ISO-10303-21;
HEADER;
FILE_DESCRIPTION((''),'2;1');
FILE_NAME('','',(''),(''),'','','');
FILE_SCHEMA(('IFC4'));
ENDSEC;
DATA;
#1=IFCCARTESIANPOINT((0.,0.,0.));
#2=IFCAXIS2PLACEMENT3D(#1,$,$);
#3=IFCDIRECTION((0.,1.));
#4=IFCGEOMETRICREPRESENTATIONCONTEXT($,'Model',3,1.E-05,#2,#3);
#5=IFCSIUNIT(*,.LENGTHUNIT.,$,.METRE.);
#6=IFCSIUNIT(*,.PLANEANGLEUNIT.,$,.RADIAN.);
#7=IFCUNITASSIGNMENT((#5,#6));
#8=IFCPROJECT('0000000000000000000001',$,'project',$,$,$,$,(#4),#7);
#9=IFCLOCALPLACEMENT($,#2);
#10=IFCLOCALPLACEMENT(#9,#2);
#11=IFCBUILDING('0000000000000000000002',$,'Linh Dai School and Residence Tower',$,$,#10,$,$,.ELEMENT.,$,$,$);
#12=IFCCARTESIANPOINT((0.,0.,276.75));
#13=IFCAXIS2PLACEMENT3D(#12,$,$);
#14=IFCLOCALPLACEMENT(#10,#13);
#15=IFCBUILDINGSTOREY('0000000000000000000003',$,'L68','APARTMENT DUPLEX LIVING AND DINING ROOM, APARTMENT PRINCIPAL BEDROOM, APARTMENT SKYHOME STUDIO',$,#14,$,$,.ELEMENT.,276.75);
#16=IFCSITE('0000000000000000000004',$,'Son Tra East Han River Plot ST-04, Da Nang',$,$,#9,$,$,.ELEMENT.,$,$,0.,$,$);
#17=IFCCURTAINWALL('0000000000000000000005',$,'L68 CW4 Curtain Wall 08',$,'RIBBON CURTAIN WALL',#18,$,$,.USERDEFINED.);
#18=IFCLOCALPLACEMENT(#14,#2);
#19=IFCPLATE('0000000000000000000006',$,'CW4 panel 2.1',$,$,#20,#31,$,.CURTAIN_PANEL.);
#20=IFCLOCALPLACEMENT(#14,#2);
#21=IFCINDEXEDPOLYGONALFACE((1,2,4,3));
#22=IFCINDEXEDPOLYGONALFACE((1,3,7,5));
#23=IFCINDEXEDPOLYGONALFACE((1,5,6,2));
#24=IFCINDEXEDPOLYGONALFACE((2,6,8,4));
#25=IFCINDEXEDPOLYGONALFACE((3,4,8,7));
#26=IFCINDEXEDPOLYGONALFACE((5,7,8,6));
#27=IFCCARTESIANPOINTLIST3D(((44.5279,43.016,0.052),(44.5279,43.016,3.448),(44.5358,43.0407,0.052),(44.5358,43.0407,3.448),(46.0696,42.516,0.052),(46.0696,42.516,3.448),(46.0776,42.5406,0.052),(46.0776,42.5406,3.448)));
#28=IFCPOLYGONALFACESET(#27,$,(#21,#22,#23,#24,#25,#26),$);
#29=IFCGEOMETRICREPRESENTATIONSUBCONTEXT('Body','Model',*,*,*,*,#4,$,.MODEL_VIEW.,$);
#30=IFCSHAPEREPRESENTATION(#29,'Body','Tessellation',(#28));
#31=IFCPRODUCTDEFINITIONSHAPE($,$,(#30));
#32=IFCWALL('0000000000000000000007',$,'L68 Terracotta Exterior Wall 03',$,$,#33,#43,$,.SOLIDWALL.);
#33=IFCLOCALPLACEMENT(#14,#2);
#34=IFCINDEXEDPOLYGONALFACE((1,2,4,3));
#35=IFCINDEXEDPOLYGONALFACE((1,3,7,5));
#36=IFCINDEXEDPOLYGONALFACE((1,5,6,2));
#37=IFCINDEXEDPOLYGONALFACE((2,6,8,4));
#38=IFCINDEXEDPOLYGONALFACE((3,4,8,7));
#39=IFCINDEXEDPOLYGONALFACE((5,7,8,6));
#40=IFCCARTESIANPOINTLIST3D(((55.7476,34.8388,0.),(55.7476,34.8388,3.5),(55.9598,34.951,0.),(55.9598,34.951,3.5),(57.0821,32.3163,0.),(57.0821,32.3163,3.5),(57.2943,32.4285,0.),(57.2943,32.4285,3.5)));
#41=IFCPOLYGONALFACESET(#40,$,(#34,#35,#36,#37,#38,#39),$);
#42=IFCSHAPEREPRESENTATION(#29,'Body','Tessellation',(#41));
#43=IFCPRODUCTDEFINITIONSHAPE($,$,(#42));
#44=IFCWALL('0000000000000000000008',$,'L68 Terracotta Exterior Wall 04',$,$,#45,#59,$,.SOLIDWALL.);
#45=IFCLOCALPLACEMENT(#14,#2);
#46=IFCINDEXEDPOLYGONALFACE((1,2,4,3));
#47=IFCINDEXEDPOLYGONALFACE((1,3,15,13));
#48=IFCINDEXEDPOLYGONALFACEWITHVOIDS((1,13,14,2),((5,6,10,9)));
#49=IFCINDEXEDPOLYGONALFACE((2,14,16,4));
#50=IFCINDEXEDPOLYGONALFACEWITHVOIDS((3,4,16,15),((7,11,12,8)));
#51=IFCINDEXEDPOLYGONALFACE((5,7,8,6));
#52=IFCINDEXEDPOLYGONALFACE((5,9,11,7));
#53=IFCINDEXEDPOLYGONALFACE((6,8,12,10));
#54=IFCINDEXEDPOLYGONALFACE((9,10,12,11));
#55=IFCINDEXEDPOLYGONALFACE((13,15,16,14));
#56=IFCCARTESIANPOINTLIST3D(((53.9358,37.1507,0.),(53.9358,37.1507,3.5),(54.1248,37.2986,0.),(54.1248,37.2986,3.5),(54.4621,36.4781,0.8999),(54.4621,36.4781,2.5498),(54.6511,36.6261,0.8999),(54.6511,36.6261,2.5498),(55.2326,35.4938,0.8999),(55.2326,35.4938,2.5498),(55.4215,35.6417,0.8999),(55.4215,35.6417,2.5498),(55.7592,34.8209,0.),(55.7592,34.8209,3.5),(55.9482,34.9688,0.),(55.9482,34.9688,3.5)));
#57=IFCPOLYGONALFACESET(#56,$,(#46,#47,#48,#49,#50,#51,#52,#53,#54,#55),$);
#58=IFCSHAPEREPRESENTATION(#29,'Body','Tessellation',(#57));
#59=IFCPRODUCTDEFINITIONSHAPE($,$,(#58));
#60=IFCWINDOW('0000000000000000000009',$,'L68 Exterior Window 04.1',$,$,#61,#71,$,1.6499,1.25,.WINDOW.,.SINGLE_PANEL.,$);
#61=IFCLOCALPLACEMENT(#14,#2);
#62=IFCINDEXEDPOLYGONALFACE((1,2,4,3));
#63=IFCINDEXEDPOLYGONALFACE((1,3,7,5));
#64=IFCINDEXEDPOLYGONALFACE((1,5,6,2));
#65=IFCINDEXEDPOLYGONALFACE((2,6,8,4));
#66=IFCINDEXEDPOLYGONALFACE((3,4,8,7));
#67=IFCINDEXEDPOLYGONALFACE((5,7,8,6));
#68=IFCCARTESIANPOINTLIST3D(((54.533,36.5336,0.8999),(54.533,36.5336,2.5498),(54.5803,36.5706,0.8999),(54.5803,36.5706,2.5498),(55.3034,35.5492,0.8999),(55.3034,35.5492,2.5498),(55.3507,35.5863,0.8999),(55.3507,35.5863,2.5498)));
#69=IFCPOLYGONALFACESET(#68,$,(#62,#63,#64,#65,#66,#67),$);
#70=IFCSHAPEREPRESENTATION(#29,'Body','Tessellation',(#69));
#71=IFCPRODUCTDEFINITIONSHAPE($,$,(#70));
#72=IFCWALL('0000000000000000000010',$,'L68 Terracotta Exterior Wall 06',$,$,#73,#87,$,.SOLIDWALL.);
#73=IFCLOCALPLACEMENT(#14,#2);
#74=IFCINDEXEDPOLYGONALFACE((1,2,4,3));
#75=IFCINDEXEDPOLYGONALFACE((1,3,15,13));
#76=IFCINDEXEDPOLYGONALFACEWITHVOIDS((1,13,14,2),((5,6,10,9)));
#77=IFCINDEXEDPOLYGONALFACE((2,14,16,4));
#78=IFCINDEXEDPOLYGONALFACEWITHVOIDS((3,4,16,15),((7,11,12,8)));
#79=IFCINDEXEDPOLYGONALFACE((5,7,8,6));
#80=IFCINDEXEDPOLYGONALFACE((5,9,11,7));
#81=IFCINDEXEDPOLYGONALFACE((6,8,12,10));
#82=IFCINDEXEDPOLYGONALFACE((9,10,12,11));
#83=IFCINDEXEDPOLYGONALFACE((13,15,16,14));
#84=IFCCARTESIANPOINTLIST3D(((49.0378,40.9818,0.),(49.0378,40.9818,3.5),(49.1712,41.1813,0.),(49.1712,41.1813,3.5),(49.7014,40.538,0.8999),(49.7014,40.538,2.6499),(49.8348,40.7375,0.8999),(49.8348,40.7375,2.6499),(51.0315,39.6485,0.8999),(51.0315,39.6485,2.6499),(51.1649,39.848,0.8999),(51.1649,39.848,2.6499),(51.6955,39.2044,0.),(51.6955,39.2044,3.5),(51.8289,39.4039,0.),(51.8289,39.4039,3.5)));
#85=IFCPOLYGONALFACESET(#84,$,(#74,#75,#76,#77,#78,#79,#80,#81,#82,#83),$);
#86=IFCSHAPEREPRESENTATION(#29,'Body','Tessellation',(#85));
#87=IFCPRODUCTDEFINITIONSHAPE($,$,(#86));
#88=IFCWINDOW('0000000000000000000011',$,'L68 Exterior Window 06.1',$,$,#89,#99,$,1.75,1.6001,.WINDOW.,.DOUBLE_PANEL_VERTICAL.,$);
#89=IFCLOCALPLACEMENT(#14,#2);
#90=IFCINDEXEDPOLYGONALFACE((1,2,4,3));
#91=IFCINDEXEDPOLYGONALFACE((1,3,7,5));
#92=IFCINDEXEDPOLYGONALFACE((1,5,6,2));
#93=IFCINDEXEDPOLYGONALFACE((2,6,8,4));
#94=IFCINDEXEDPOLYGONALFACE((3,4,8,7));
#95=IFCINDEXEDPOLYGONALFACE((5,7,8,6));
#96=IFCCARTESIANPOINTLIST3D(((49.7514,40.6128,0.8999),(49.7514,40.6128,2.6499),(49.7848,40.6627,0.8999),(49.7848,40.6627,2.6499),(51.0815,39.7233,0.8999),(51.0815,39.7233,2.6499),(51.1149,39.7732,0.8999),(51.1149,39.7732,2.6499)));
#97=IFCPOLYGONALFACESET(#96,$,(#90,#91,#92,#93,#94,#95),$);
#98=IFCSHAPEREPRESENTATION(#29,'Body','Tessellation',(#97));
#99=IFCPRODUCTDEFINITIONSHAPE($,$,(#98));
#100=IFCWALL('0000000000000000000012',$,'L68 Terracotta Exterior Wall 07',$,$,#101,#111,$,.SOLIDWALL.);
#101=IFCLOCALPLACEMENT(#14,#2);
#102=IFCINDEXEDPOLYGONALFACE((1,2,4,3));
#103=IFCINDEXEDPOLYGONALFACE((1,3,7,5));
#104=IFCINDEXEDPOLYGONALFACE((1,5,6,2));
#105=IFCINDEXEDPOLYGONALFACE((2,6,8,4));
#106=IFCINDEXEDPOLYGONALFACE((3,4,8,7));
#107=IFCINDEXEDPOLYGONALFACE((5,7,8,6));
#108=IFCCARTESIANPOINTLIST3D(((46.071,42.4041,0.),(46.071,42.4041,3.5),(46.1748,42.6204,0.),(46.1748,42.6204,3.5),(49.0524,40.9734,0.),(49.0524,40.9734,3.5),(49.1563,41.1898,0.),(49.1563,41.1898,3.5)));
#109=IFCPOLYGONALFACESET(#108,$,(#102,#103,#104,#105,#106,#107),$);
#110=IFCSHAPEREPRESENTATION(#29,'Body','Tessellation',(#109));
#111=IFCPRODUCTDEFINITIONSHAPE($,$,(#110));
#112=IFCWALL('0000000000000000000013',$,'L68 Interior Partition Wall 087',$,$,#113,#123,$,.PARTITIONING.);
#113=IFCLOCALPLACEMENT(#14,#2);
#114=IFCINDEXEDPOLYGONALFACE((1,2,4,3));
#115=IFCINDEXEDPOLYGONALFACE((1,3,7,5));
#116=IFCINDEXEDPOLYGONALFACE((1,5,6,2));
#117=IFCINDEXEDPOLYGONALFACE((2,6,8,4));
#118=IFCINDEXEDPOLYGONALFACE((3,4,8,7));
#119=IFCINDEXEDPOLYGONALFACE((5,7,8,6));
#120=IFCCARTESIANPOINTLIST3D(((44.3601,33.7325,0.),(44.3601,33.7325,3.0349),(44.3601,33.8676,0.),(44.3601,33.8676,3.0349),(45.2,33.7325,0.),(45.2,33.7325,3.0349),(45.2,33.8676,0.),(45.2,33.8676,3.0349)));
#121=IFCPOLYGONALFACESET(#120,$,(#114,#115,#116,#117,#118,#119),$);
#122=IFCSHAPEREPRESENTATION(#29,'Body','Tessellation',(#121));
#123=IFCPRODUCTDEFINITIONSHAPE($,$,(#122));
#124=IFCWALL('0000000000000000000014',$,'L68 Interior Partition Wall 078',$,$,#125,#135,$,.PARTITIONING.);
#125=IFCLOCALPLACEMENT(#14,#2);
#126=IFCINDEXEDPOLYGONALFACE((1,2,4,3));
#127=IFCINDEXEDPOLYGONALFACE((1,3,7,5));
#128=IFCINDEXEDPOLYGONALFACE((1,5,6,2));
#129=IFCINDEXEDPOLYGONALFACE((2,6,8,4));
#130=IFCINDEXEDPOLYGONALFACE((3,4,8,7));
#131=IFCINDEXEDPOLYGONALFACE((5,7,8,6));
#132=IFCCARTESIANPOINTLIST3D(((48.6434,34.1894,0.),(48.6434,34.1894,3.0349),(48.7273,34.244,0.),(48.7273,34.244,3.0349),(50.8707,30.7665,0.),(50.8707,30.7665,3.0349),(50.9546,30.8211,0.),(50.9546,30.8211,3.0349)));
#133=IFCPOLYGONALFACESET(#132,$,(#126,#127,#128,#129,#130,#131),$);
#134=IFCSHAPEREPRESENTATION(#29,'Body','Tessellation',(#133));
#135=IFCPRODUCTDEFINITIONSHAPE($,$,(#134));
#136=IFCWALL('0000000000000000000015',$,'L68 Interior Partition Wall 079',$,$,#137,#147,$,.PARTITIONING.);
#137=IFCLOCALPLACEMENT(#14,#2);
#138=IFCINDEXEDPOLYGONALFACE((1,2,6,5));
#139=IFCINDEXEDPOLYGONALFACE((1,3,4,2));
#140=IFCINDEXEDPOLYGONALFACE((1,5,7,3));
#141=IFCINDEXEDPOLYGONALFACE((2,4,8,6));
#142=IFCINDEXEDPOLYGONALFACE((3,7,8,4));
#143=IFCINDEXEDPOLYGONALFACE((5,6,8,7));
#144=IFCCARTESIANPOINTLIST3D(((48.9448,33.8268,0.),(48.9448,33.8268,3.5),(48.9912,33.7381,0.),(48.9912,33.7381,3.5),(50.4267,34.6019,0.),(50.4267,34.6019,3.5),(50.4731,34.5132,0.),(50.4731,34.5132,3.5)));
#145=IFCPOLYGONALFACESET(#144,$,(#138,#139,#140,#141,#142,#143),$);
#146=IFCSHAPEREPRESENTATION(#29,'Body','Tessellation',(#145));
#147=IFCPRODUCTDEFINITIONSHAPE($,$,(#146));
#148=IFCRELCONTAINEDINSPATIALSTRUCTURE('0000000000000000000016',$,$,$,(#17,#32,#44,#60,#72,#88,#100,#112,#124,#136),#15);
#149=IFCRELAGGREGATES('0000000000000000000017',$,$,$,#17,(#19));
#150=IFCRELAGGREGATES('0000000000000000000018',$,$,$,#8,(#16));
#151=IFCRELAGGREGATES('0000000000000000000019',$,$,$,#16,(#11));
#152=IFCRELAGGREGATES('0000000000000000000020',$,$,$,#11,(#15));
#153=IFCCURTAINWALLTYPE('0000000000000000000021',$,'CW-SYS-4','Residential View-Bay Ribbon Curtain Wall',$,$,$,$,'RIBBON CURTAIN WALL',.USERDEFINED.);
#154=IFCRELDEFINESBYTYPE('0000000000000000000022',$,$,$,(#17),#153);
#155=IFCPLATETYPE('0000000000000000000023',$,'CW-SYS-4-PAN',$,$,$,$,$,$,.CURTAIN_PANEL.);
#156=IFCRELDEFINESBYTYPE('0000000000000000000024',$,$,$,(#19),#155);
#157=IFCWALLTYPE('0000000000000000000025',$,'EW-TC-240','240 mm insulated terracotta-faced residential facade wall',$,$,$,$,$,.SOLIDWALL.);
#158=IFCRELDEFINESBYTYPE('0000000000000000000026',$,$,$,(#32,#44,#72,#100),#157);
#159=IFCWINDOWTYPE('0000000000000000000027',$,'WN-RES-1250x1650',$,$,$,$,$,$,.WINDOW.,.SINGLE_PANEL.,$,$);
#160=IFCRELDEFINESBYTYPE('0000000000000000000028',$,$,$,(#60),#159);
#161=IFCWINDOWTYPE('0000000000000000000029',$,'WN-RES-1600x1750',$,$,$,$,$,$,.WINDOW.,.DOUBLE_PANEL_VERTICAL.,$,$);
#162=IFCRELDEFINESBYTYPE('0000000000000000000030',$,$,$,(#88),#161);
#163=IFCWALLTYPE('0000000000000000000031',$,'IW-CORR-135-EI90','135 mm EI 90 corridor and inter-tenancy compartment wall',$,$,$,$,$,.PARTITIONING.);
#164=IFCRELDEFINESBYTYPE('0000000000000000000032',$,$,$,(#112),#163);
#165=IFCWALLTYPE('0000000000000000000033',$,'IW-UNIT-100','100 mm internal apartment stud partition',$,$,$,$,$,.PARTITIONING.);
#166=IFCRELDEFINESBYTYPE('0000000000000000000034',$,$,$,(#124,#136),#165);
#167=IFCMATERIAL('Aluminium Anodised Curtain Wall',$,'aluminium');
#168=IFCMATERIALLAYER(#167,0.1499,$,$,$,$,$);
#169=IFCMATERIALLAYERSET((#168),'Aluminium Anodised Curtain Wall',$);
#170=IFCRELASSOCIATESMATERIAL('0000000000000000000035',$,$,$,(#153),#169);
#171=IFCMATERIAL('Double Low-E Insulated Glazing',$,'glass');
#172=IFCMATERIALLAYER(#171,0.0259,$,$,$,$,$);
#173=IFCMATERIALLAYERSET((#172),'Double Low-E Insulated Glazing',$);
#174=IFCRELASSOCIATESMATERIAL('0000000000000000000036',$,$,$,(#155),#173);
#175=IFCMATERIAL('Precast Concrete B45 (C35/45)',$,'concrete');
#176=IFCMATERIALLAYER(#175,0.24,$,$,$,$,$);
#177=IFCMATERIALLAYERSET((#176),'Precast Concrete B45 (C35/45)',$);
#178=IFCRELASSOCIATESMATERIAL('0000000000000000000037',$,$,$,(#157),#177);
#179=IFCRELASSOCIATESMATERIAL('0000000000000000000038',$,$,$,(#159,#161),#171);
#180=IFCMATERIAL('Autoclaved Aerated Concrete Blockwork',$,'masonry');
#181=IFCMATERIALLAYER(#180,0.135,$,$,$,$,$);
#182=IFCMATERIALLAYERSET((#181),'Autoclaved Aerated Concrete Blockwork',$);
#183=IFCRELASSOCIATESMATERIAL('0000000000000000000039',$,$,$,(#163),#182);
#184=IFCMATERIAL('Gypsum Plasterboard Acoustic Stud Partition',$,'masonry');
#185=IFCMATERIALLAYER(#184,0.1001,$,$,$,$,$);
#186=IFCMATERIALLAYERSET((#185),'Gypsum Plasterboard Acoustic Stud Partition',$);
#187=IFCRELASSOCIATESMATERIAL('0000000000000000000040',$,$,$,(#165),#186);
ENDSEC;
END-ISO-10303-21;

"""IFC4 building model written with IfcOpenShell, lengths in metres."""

from ifc_helpers import new_model, si_unit, direction, frame, frame_2d, origin, origin_2d, place, context, subcontext, project, spatial, rectangle, extrude, source, transform, mapped, material, layer, layer_set, type_object, element, fill, aggregate, save


model = new_model("IFC4")

# Units and contexts
model_context = context("Model", 3, precision=1e-05, world=origin(), true_north=direction((0.0, 1.0)))
body_context = subcontext(model_context, "Body", "Model", "MODEL_VIEW")
ifc_project = project(units=[si_unit("LENGTHUNIT", "METRE"), si_unit("PLANEANGLEUNIT", "RADIAN")], contexts=[model_context])

# Site, building, storey
site_placement = place(None, origin())
site = spatial("IfcSite", under=ifc_project, at=site_placement, Name="Son Tra East Han River Plot ST-04, Da Nang", CompositionType="ELEMENT", RefElevation=0.0)
building_placement = place(site_placement, origin())
building = spatial("IfcBuilding", under=site, at=building_placement, Name="Linh Dai School and Residence Tower", CompositionType="ELEMENT")
storey_placement = place(building_placement, frame((0.0, 0.0, 276.75)))
storey = spatial("IfcBuildingStorey", under=building, at=storey_placement, Name="L68", Description="APARTMENT DUPLEX LIVING AND DINING ROOM, APARTMENT PRINCIPAL BEDROOM, APARTMENT SKYHOME STUDIO", CompositionType="ELEMENT", Elevation=276.75)

# Curtain wall
ifc_material_1 = material(Name="Aluminium Anodised Curtain Wall", Category="aluminium")
ifc_layer_1 = layer(ifc_material_1, 0.1499)
ifc_layer_set_1 = layer_set([ifc_layer_1], Name="Aluminium Anodised Curtain Wall")
curtain_wall_type = type_object("IfcCurtainWallType", Name="CW-SYS-4", Description="Residential View-Bay Ribbon Curtain Wall", ElementType="RIBBON CURTAIN WALL", PredefinedType="USERDEFINED", material=ifc_layer_set_1)
curtain_wall_placement = place(storey_placement, origin())
curtain_wall = element("IfcCurtainWall", 1, at=curtain_wall_placement, inside=storey, type_object=curtain_wall_type, Name="L68 CW4 Curtain Wall 08", ObjectType="RIBBON CURTAIN WALL", PredefinedType="USERDEFINED")

# Plate
ifc_material_2 = material(Name="Precast Concrete B45 (C35/45)", Category="concrete")
ifc_material_3 = material(Name="Double Low-E Insulated Glazing", Category="glass")
ifc_layer_2 = layer(ifc_material_3, 0.0259)
ifc_layer_set_2 = layer_set([ifc_layer_2], Name="Double Low-E Insulated Glazing")
plate_type_1 = type_object("IfcPlateType", Name="CW-SYS-4-PAN", PredefinedType="CURTAIN_PANEL", material=ifc_layer_set_2)
shared_shape_1 = source(origin(), body_context, "Body", "SweptSolid", [
    extrude(rectangle(XDim=1.6208, YDim=0.0259, at=origin_2d()), origin(), (0.0, 0.0, 1.0), 3.396),
])
plate_1_placement = place(storey_placement, frame((45.3027, 42.7783, 0.052), z_axis=(0.0, 0.0, 1.0), x_axis=(0.951218, -0.308519, 0.0)))
plate_1 = element("IfcPlate", 2, at=plate_1_placement, type_object=plate_type_1, Name="CW4 panel 2.1", PredefinedType="CURTAIN_PANEL", context=body_context, shape_type="MappedRepresentation", body=[
    mapped(shared_shape_1, transform((0.0, 0.0, 0.0), x_axis=(1.0, 0.0, 0.0), y_axis=(0.0, 1.0, 0.0), z_axis=(0.0, 0.0, 1.0), scale=1.0)),
])
aggregate(curtain_wall, [plate_1])

# Wall
ifc_layer_3 = layer(ifc_material_2, 0.24)
ifc_layer_set_3 = layer_set([ifc_layer_3], Name="Precast Concrete B45 (C35/45)")
wall_type_1 = type_object("IfcWallType", Name="EW-TC-240", Description="240 mm insulated terracotta-faced residential facade wall", PredefinedType="SOLIDWALL", material=ifc_layer_set_3)
wall_1_placement = place(storey_placement, frame((55.8538, 34.8948, 0.0), z_axis=(0.0, 0.0, 1.0), x_axis=(0.467628, -0.883925, 0.0)))
element("IfcWall", 3, at=wall_1_placement, inside=storey, type_object=wall_type_1, Name="L68 Terracotta Exterior Wall 03", PredefinedType="SOLIDWALL", context=body_context, shape_type="SweptSolid", body=[
    extrude(rectangle(XDim=2.8538, YDim=0.24, at=frame_2d((1.4268, 0.0))), origin(), (0.0, 0.0, 1.0), 3.5),
])

# Wall, opening, window
wall_2_placement = place(storey_placement, frame((54.0303, 37.2246, 0.0), z_axis=(0.0, 0.0, 1.0), x_axis=(0.616337, -0.787482, 0.0)))
wall_2 = element("IfcWall", 4, at=wall_2_placement, inside=storey, type_object=wall_type_1, Name="L68 Terracotta Exterior Wall 04", PredefinedType="SOLIDWALL", context=body_context, shape_type="SweptSolid", body=[
    extrude(rectangle(XDim=2.9585, YDim=0.24, at=frame_2d((1.4792, 0.0))), origin(), (0.0, 0.0, 1.0), 3.5),
])
opening_1_placement = place(wall_2_placement, frame((0.854, 0.0, 0.8999)))
opening_1 = element("IfcOpeningElement", 5, at=opening_1_placement, cuts=wall_2, PredefinedType="OPENING", context=body_context, shape_type="SweptSolid", body=[
    extrude(rectangle(XDim=1.25, YDim=1.6499, at=origin_2d()), frame((0.625, 0.1299, 0.825), z_axis=(0.0, -1.0, 0.0), x_axis=(1.0, 0.0, 0.0)), (0.0, 0.0, 1.0), 0.26),
])
window_type_1 = type_object("IfcWindowType", Name="WN-RES-1250x1650", PartitioningType="SINGLE_PANEL", PredefinedType="WINDOW", material=ifc_material_3)
shared_shape_2 = source(origin(), body_context, "Body", "SweptSolid", [
    extrude(rectangle(XDim=1.25, YDim=1.6499, at=origin_2d()), frame((0.625, 0.03, 0.825), z_axis=(0.0, -1.0, 0.0), x_axis=(1.0, 0.0, 0.0)), (0.0, 0.0, 1.0), 0.0601),
])
window_1_placement = place(opening_1_placement, origin())
window_1 = element("IfcWindow", 6, at=window_1_placement, inside=storey, type_object=window_type_1, Name="L68 Exterior Window 04.1", OverallHeight=1.6499, OverallWidth=1.25, PartitioningType="SINGLE_PANEL", PredefinedType="WINDOW", context=body_context, shape_type="MappedRepresentation", body=[
    mapped(shared_shape_2, transform((0.0, 0.0, 0.0), x_axis=(1.0, 0.0, 0.0), y_axis=(0.0, 1.0, 0.0), z_axis=(0.0, 0.0, 1.0), scale=1.0)),
])
fill(opening_1, window_1)

# Wall, opening, window
wall_3_placement = place(storey_placement, frame((49.1045, 41.0815, 0.0), z_axis=(0.0, 0.0, 1.0), x_axis=(0.831251, -0.555898, 0.0)))
wall_3 = element("IfcWall", 7, at=wall_3_placement, inside=storey, type_object=wall_type_1, Name="L68 Terracotta Exterior Wall 06", PredefinedType="SOLIDWALL", context=body_context, shape_type="SweptSolid", body=[
    extrude(rectangle(XDim=3.1973, YDim=0.24, at=frame_2d((1.5986, 0.0))), origin(), (0.0, 0.0, 1.0), 3.5),
])
opening_2_placement = place(wall_3_placement, frame((0.7983, 0.0, 0.8999)))
opening_2 = element("IfcOpeningElement", 8, at=opening_2_placement, cuts=wall_3, PredefinedType="OPENING", context=body_context, shape_type="SweptSolid", body=[
    extrude(rectangle(XDim=1.6001, YDim=1.75, at=origin_2d()), frame((0.8, 0.1299, 0.875), z_axis=(0.0, -1.0, 0.0), x_axis=(1.0, 0.0, 0.0)), (0.0, 0.0, 1.0), 0.26),
])
window_type_2 = type_object("IfcWindowType", Name="WN-RES-1600x1750", PartitioningType="DOUBLE_PANEL_VERTICAL", PredefinedType="WINDOW", material=ifc_material_3)
shared_shape_3 = source(origin(), body_context, "Body", "SweptSolid", [
    extrude(rectangle(XDim=1.6001, YDim=1.75, at=origin_2d()), frame((0.8, 0.03, 0.875), z_axis=(0.0, -1.0, 0.0), x_axis=(1.0, 0.0, 0.0)), (0.0, 0.0, 1.0), 0.0601),
])
window_2_placement = place(opening_2_placement, origin())
window_2 = element("IfcWindow", 9, at=window_2_placement, inside=storey, type_object=window_type_2, Name="L68 Exterior Window 06.1", OverallHeight=1.75, OverallWidth=1.6001, PartitioningType="DOUBLE_PANEL_VERTICAL", PredefinedType="WINDOW", context=body_context, shape_type="MappedRepresentation", body=[
    mapped(shared_shape_3, transform((0.0, 0.0, 0.0), x_axis=(1.0, 0.0, 0.0), y_axis=(0.0, 1.0, 0.0), z_axis=(0.0, 0.0, 1.0), scale=1.0)),
])
fill(opening_2, window_2)

# Walls
wall_4_placement = place(storey_placement, frame((46.123, 42.5122, 0.0), z_axis=(0.0, 0.0, 1.0), x_axis=(0.901574, -0.432625, 0.0)))
element("IfcWall", 10, at=wall_4_placement, inside=storey, type_object=wall_type_1, Name="L68 Terracotta Exterior Wall 07", PredefinedType="SOLIDWALL", context=body_context, shape_type="SweptSolid", body=[
    extrude(rectangle(XDim=3.3069, YDim=0.24, at=frame_2d((1.6533, 0.0))), origin(), (0.0, 0.0, 1.0), 3.5),
])
ifc_material_4 = material(Name="Autoclaved Aerated Concrete Blockwork", Category="masonry")
ifc_layer_4 = layer(ifc_material_4, 0.135)
ifc_layer_set_4 = layer_set([ifc_layer_4], Name="Autoclaved Aerated Concrete Blockwork")
wall_type_2 = type_object("IfcWallType", Name="IW-CORR-135-EI90", Description="135 mm EI 90 corridor and inter-tenancy compartment wall", PredefinedType="PARTITIONING", material=ifc_layer_set_4)
wall_5_placement = place(storey_placement, frame((45.2, 33.8, 0.0), z_axis=(0.0, 0.0, 1.0), x_axis=(-1.0, 0.0, 0.0)))
element("IfcWall", 11, at=wall_5_placement, inside=storey, type_object=wall_type_2, Name="L68 Interior Partition Wall 087", PredefinedType="PARTITIONING", context=body_context, shape_type="SweptSolid", body=[
    extrude(rectangle(XDim=0.8398, YDim=0.135, at=frame_2d((0.4199, 0.0))), origin(), (0.0, 0.0, 1.0), 3.0349),
])
ifc_material_5 = material(Name="Gypsum Plasterboard Acoustic Stud Partition", Category="masonry")
ifc_layer_5 = layer(ifc_material_5, 0.1001)
ifc_layer_set_5 = layer_set([ifc_layer_5], Name="Gypsum Plasterboard Acoustic Stud Partition")
wall_type_3 = type_object("IfcWallType", Name="IW-UNIT-100", Description="100 mm internal apartment stud partition", PredefinedType="PARTITIONING", material=ifc_layer_set_5)
wall_6_placement = place(storey_placement, frame((48.6853, 34.2168, 0.0), z_axis=(0.0, 0.0, 1.0), x_axis=(0.545409, -0.83817, 0.0)))
element("IfcWall", 12, at=wall_6_placement, inside=storey, type_object=wall_type_3, Name="L68 Interior Partition Wall 078", PredefinedType="PARTITIONING", context=body_context, shape_type="SweptSolid", body=[
    extrude(rectangle(XDim=4.0837, YDim=0.1001, at=frame_2d((2.042, 0.0))), origin(), (0.0, 0.0, 1.0), 3.0349),
])
wall_7_placement = place(storey_placement, frame((48.968, 33.7825, 0.0), z_axis=(0.0, 0.0, 1.0), x_axis=(0.886103, 0.463489, 0.0)))
element("IfcWall", 13, at=wall_7_placement, inside=storey, type_object=wall_type_3, Name="L68 Interior Partition Wall 079", PredefinedType="PARTITIONING", context=body_context, shape_type="SweptSolid", body=[
    extrude(rectangle(XDim=1.6724, YDim=0.1001, at=frame_2d((0.8362, 0.0))), origin(), (0.0, 0.0, 1.0), 3.5),
])

save(model, "model.ifc")
